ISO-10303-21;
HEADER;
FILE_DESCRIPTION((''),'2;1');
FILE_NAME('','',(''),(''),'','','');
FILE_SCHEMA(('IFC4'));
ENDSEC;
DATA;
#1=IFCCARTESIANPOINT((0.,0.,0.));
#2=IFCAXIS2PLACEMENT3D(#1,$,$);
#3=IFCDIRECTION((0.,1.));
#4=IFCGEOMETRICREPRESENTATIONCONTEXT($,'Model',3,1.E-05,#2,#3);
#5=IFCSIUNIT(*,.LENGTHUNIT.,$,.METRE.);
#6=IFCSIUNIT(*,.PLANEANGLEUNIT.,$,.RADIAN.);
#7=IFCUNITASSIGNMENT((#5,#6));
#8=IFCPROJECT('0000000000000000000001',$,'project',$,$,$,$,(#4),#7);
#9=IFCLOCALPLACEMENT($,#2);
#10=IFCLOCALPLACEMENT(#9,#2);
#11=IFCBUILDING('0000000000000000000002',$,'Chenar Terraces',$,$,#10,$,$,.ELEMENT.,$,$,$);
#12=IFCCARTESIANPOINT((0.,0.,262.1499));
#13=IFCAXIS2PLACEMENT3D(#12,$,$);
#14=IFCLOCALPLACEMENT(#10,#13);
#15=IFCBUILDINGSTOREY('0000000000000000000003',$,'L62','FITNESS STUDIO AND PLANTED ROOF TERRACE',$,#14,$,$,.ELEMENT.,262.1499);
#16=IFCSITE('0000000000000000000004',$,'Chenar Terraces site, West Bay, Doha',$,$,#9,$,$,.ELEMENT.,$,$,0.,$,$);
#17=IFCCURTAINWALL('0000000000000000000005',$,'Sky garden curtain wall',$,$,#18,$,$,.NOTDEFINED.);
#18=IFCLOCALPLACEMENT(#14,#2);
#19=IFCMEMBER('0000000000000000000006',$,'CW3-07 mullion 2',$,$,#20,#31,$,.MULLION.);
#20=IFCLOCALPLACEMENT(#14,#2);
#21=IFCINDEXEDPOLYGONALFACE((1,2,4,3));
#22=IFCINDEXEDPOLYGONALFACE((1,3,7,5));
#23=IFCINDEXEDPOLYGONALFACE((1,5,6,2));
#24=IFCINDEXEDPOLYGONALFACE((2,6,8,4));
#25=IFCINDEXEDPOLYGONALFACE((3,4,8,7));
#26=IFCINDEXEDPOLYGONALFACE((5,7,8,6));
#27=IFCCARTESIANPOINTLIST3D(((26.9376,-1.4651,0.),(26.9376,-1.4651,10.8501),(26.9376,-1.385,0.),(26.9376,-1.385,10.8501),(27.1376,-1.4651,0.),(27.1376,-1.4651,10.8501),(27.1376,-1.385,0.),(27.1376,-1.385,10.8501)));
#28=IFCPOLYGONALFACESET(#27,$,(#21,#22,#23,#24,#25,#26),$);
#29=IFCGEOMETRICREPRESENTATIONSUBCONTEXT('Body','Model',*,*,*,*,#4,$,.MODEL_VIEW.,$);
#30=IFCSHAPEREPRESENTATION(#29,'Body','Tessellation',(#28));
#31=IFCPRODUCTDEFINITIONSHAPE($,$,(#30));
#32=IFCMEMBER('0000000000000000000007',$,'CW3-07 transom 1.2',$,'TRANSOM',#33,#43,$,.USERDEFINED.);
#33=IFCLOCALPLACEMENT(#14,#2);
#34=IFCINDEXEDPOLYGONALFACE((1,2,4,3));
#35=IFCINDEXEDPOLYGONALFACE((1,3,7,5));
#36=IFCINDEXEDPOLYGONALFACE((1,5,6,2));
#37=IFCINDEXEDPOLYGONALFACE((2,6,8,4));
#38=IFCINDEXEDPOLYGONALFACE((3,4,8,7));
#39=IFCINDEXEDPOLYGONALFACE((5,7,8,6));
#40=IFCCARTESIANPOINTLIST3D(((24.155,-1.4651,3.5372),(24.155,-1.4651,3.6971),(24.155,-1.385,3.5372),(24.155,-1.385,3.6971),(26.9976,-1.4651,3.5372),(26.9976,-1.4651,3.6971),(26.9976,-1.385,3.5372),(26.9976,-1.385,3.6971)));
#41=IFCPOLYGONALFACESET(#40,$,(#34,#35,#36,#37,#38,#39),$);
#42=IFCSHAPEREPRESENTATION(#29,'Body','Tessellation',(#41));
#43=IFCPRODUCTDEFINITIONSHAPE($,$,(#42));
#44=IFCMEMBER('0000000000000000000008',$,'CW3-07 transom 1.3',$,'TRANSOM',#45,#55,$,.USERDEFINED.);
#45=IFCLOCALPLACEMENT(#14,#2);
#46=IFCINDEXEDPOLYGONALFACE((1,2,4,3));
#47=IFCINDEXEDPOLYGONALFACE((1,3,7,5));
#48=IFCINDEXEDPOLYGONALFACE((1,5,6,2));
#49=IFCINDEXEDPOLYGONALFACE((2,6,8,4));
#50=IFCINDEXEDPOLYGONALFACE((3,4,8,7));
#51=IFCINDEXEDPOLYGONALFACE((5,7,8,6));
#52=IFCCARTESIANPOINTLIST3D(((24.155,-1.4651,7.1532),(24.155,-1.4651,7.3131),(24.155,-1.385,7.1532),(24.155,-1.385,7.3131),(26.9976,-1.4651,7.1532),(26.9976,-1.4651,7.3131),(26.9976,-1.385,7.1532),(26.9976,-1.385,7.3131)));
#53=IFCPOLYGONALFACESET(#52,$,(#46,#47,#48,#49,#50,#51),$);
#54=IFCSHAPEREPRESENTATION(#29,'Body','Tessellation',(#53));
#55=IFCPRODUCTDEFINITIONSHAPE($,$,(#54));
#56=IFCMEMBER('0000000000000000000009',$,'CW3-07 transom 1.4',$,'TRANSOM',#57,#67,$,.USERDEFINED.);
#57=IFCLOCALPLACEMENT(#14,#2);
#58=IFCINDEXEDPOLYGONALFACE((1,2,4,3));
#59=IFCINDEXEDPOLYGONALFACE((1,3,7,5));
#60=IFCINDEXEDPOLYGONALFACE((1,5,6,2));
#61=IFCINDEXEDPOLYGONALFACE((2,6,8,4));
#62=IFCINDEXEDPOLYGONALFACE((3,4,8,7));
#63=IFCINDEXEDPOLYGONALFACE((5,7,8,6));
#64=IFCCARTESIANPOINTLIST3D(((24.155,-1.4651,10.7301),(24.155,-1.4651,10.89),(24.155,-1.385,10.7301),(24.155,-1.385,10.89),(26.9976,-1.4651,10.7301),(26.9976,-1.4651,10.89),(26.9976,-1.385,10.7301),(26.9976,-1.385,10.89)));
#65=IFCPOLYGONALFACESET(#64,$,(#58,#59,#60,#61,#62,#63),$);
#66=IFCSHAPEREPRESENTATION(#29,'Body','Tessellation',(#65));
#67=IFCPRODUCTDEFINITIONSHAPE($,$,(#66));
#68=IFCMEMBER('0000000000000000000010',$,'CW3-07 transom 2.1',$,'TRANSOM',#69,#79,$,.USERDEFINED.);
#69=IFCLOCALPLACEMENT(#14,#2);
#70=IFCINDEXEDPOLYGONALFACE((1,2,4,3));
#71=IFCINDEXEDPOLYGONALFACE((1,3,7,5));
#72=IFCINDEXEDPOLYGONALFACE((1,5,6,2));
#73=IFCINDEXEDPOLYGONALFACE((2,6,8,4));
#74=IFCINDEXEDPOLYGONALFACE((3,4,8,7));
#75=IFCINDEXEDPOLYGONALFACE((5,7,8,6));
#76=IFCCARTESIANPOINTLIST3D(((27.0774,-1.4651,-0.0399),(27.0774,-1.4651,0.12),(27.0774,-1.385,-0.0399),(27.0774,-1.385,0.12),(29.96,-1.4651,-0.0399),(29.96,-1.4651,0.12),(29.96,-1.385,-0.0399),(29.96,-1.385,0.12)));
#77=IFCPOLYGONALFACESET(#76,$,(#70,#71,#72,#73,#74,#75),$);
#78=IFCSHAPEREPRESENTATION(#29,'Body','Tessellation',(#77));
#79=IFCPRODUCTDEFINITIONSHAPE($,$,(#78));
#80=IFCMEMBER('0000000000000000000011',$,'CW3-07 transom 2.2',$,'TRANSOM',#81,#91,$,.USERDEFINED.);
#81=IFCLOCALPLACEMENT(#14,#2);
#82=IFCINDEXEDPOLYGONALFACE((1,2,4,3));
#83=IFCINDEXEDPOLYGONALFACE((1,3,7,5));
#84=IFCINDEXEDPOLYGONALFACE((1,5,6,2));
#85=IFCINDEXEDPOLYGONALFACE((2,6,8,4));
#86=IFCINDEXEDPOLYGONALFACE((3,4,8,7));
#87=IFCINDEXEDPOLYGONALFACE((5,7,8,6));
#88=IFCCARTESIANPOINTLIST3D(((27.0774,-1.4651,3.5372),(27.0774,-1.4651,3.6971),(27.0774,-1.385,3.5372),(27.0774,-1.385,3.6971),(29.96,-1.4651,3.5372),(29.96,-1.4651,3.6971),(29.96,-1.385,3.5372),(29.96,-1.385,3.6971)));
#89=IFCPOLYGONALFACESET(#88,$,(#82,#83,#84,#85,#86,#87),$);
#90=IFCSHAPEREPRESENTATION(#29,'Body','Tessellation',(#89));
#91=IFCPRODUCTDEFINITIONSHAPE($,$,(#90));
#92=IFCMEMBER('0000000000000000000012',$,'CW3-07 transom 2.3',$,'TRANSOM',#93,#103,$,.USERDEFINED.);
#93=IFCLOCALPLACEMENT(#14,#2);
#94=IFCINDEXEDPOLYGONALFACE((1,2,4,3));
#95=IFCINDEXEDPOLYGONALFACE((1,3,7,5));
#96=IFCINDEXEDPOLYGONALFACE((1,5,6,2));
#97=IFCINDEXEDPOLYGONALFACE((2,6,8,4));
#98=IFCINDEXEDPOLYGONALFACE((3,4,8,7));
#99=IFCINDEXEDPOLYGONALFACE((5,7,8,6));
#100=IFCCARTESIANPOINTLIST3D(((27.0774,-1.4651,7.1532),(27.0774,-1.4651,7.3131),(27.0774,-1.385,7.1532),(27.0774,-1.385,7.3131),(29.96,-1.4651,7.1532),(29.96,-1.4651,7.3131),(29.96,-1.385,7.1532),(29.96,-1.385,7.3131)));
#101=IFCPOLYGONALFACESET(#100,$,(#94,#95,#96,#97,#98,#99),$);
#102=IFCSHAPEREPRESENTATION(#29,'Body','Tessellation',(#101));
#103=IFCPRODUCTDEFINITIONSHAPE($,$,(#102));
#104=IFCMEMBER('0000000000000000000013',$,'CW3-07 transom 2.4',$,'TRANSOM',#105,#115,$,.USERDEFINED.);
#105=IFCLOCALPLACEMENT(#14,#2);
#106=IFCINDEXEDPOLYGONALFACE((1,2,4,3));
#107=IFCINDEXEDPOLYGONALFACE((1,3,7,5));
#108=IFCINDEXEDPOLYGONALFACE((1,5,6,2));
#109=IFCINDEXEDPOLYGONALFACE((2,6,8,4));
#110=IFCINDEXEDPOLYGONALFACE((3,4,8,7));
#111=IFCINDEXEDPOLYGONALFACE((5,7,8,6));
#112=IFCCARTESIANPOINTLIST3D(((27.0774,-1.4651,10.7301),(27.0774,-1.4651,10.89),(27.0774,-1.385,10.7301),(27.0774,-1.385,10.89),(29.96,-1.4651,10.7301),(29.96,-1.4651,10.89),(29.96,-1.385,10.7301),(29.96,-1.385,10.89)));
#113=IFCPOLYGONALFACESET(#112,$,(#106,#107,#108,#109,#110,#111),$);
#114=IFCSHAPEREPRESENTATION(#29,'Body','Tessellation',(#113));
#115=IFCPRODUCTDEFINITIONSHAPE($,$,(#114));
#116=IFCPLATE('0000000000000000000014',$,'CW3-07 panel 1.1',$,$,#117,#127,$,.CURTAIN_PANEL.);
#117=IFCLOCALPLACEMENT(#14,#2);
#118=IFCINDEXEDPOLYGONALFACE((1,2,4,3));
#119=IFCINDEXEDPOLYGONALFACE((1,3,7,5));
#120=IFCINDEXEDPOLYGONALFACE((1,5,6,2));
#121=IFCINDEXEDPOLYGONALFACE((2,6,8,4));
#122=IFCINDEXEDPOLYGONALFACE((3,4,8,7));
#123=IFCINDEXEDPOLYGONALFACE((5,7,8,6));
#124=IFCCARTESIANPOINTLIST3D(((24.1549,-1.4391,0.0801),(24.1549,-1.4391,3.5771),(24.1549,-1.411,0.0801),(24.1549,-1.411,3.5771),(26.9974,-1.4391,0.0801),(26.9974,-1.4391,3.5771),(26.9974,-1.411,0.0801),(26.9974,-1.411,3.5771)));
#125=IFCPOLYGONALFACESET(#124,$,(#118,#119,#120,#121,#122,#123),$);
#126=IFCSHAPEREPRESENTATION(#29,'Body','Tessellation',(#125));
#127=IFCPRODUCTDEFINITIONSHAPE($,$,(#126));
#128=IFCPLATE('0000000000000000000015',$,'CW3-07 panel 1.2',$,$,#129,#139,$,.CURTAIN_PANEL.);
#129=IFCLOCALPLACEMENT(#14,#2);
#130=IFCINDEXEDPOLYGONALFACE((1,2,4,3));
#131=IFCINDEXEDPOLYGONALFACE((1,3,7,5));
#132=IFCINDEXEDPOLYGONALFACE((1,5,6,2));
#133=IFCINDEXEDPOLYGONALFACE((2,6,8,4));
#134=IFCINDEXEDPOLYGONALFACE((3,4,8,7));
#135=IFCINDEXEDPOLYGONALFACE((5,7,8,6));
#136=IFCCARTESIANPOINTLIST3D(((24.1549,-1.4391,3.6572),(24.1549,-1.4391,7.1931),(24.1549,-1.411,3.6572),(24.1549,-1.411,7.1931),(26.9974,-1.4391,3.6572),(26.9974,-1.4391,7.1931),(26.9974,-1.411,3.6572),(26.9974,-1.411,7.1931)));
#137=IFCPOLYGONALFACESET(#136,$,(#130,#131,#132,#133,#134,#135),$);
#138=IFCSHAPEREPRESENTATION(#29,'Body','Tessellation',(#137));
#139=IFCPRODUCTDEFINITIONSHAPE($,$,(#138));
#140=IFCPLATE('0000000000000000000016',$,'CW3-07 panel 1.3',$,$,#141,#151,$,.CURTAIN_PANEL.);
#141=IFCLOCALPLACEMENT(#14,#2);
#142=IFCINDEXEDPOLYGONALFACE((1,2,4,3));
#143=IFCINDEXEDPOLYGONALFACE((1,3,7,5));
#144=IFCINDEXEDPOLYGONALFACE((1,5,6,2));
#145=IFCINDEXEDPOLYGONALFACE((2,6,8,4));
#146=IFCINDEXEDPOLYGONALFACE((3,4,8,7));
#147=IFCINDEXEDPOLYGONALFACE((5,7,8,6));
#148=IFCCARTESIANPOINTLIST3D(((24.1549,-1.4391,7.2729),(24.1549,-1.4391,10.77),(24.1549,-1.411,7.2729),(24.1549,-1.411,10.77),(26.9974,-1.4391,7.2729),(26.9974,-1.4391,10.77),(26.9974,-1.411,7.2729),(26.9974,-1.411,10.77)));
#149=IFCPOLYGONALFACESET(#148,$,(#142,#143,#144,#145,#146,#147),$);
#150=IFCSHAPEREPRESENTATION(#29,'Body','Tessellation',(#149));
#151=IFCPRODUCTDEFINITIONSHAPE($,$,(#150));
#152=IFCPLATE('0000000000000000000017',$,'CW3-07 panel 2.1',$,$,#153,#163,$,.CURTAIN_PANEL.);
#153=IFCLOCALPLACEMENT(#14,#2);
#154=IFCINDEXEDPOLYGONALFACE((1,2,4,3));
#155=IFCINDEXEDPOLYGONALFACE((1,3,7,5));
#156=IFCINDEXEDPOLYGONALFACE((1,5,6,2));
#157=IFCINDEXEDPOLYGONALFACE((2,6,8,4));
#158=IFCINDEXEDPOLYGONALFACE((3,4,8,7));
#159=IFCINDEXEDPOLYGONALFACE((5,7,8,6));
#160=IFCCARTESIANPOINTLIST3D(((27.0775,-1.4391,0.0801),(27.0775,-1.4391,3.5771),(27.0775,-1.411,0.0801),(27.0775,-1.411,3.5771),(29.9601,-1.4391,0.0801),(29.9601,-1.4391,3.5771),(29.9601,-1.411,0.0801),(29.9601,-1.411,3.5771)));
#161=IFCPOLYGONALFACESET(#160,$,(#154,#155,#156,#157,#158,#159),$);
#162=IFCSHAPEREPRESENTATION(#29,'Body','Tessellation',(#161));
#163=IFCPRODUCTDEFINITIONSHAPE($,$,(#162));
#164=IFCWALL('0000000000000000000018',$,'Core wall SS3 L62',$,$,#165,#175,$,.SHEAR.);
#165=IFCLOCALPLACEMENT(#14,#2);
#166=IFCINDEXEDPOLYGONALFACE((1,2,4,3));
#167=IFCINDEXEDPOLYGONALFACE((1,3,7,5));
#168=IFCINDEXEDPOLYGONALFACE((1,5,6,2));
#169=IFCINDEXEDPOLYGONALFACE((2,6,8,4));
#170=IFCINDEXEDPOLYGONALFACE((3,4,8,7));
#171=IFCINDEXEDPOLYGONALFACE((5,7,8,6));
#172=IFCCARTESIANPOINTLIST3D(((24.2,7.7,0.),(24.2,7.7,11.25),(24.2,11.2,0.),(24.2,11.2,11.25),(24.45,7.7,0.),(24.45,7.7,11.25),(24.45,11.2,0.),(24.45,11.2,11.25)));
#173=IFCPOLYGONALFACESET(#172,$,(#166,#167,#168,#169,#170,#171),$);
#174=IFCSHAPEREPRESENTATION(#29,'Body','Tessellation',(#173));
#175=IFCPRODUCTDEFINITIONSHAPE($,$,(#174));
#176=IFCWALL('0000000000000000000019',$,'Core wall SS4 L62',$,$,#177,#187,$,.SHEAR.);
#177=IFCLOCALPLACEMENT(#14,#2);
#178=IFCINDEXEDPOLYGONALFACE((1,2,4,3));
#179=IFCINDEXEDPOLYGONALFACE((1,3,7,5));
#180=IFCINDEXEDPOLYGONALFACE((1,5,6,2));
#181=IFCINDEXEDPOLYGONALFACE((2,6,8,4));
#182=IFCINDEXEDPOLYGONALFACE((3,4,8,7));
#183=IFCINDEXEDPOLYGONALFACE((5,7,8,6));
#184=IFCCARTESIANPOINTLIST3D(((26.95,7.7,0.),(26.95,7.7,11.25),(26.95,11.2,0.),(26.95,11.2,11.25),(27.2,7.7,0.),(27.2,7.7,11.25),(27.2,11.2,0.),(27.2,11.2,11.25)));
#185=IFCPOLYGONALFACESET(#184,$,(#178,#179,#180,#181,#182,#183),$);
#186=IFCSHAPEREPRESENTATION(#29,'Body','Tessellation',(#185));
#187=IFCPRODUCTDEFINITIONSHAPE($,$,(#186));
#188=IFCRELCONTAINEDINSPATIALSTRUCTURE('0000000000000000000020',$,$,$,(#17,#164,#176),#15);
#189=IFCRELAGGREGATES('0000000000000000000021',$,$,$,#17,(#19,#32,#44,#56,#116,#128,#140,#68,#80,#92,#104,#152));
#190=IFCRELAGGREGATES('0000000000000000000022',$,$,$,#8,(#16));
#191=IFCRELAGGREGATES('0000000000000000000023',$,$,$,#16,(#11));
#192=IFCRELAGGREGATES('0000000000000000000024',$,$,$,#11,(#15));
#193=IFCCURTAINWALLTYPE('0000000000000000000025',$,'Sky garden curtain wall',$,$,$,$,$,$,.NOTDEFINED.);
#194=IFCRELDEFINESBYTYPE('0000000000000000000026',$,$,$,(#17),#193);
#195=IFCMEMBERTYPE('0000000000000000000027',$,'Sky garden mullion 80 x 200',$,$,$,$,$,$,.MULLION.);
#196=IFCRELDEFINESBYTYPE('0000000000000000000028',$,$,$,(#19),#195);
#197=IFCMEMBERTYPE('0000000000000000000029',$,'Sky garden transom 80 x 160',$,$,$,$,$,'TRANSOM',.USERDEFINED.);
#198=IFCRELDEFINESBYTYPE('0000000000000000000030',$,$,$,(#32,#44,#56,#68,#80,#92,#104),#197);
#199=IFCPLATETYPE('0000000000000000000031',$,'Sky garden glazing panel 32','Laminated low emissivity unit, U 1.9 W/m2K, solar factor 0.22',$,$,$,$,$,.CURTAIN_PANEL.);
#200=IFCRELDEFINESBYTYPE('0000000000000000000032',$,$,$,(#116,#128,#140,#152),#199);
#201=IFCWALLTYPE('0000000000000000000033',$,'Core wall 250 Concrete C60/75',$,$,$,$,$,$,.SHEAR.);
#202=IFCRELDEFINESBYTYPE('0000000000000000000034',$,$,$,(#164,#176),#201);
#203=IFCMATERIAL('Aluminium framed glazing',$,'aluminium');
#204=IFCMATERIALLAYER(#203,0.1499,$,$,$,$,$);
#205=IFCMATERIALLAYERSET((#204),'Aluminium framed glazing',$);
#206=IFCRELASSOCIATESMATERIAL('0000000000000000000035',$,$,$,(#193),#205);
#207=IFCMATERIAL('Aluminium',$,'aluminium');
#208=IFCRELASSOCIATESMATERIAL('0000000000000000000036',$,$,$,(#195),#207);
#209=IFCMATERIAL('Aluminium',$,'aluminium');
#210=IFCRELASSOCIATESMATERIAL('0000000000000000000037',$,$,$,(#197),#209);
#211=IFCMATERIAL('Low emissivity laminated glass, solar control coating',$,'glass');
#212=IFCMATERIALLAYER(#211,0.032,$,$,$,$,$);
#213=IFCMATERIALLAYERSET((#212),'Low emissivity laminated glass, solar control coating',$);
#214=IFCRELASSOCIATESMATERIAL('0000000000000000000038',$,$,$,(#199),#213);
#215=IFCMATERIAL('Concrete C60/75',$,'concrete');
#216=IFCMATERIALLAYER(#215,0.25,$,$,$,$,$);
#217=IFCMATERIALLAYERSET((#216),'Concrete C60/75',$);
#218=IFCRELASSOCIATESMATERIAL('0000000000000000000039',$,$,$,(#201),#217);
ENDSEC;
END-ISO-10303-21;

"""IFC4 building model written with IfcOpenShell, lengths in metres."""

from ifc_helpers import new_model, si_unit, direction, frame, frame_2d, origin, origin_2d, place, context, subcontext, project, spatial, rectangle, extrude, material, layer, layer_set, material_profile, profile_set, type_object, element, aggregate, save


model = new_model("IFC4")

# Units and contexts
model_context = context("Model", 3, precision=1e-05, world=origin(), true_north=direction((0.0, 1.0)))
body_context = subcontext(model_context, "Body", "Model", "MODEL_VIEW")
ifc_project = project(units=[si_unit("LENGTHUNIT", "METRE"), si_unit("PLANEANGLEUNIT", "RADIAN")], contexts=[model_context])

# Site, building, storey
site_placement = place(None, origin())
site = spatial("IfcSite", under=ifc_project, at=site_placement, Name="Chenar Terraces site, West Bay, Doha", CompositionType="ELEMENT", RefElevation=0.0)
building_placement = place(site_placement, origin())
building = spatial("IfcBuilding", under=site, at=building_placement, Name="Chenar Terraces", CompositionType="ELEMENT")
storey_placement = place(building_placement, frame((0.0, 0.0, 262.1499)))
storey = spatial("IfcBuildingStorey", under=building, at=storey_placement, Name="L62", Description="FITNESS STUDIO AND PLANTED ROOF TERRACE", CompositionType="ELEMENT", Elevation=262.1499)

# Curtain wall, members, plates
ifc_material_1 = material(Name="Aluminium framed glazing", Category="aluminium")
ifc_layer_1 = layer(ifc_material_1, 0.1499)
ifc_layer_set_1 = layer_set([ifc_layer_1], Name="Aluminium framed glazing")
curtain_wall_type = type_object("IfcCurtainWallType", Name="Sky garden curtain wall", PredefinedType="NOTDEFINED", material=ifc_layer_set_1)
curtain_wall_placement = place(storey_placement, origin())
curtain_wall = element("IfcCurtainWall", 1, at=curtain_wall_placement, inside=storey, type_object=curtain_wall_type, Name="Sky garden curtain wall", PredefinedType="NOTDEFINED")
ifc_material_2 = material(Name="Aluminium", Category="aluminium")
ifc_material_profile_1 = material_profile(ifc_material_2, rectangle(XDim=0.0801, YDim=0.2, at=origin_2d()), Name="Sky garden mullion 80 x 200")
ifc_profile_set_1 = profile_set([ifc_material_profile_1], Name="Aluminium")
member_type_1 = type_object("IfcMemberType", Name="Sky garden mullion 80 x 200", PredefinedType="MULLION", material=ifc_profile_set_1)
member_1_placement = place(storey_placement, frame((27.0376, -1.425, 0.0), z_axis=(0.0, 0.0, 1.0), x_axis=(0.0, 1.0, 0.0)))
member_1 = element("IfcMember", 2, at=member_1_placement, type_object=member_type_1, Name="CW3-07 mullion 2", PredefinedType="MULLION", context=body_context, shape_type="SweptSolid", body=[
    extrude(rectangle(XDim=0.0801, YDim=0.2, at=origin_2d()), origin(), (0.0, 0.0, 1.0), 10.8501),
])
ifc_material_3 = material(Name="Aluminium", Category="aluminium")
ifc_material_profile_2 = material_profile(ifc_material_3, rectangle(XDim=0.0801, YDim=0.1599, at=origin_2d()), Name="Sky garden transom 80 x 160")
ifc_profile_set_2 = profile_set([ifc_material_profile_2], Name="Aluminium")
member_type_2 = type_object("IfcMemberType", Name="Sky garden transom 80 x 160", ElementType="TRANSOM", PredefinedType="USERDEFINED", material=ifc_profile_set_2)
member_2_placement = place(storey_placement, frame((24.155, -1.425, 3.6172), z_axis=(1.0, 0.0, 0.0), x_axis=(0.0, 1.0, 0.0)))
member_2 = element("IfcMember", 3, at=member_2_placement, type_object=member_type_2, Name="CW3-07 transom 1.2", ObjectType="TRANSOM", PredefinedType="USERDEFINED", context=body_context, shape_type="SweptSolid", body=[
    extrude(rectangle(XDim=0.0801, YDim=0.1599, at=origin_2d()), origin(), (0.0, 0.0, 1.0), 2.8425),
])
member_3_placement = place(storey_placement, frame((24.155, -1.425, 7.2332), z_axis=(1.0, 0.0, 0.0), x_axis=(0.0, 1.0, 0.0)))
member_3 = element("IfcMember", 4, at=member_3_placement, type_object=member_type_2, Name="CW3-07 transom 1.3", ObjectType="TRANSOM", PredefinedType="USERDEFINED", context=body_context, shape_type="SweptSolid", body=[
    extrude(rectangle(XDim=0.0801, YDim=0.1599, at=origin_2d()), origin(), (0.0, 0.0, 1.0), 2.8425),
])
member_4_placement = place(storey_placement, frame((24.155, -1.425, 10.8101), z_axis=(1.0, 0.0, 0.0), x_axis=(0.0, 1.0, 0.0)))
member_4 = element("IfcMember", 5, at=member_4_placement, type_object=member_type_2, Name="CW3-07 transom 1.4", ObjectType="TRANSOM", PredefinedType="USERDEFINED", context=body_context, shape_type="SweptSolid", body=[
    extrude(rectangle(XDim=0.0801, YDim=0.1599, at=origin_2d()), origin(), (0.0, 0.0, 1.0), 2.8425),
])
member_5_placement = place(storey_placement, frame((27.0774, -1.425, 0.04), z_axis=(1.0, 0.0, 0.0), x_axis=(0.0, 1.0, 0.0)))
member_5 = element("IfcMember", 6, at=member_5_placement, type_object=member_type_2, Name="CW3-07 transom 2.1", ObjectType="TRANSOM", PredefinedType="USERDEFINED", context=body_context, shape_type="SweptSolid", body=[
    extrude(rectangle(XDim=0.0801, YDim=0.1599, at=origin_2d()), origin(), (0.0, 0.0, 1.0), 2.8826),
])
member_6_placement = place(storey_placement, frame((27.0774, -1.425, 3.6172), z_axis=(1.0, 0.0, 0.0), x_axis=(0.0, 1.0, 0.0)))
member_6 = element("IfcMember", 7, at=member_6_placement, type_object=member_type_2, Name="CW3-07 transom 2.2", ObjectType="TRANSOM", PredefinedType="USERDEFINED", context=body_context, shape_type="SweptSolid", body=[
    extrude(rectangle(XDim=0.0801, YDim=0.1599, at=origin_2d()), origin(), (0.0, 0.0, 1.0), 2.8826),
])
member_7_placement = place(storey_placement, frame((27.0774, -1.425, 7.2332), z_axis=(1.0, 0.0, 0.0), x_axis=(0.0, 1.0, 0.0)))
member_7 = element("IfcMember", 8, at=member_7_placement, type_object=member_type_2, Name="CW3-07 transom 2.3", ObjectType="TRANSOM", PredefinedType="USERDEFINED", context=body_context, shape_type="SweptSolid", body=[
    extrude(rectangle(XDim=0.0801, YDim=0.1599, at=origin_2d()), origin(), (0.0, 0.0, 1.0), 2.8826),
])
member_8_placement = place(storey_placement, frame((27.0774, -1.425, 10.8101), z_axis=(1.0, 0.0, 0.0), x_axis=(0.0, 1.0, 0.0)))
member_8 = element("IfcMember", 9, at=member_8_placement, type_object=member_type_2, Name="CW3-07 transom 2.4", ObjectType="TRANSOM", PredefinedType="USERDEFINED", context=body_context, shape_type="SweptSolid", body=[
    extrude(rectangle(XDim=0.0801, YDim=0.1599, at=origin_2d()), origin(), (0.0, 0.0, 1.0), 2.8826),
])
ifc_material_4 = material(Name="Low emissivity laminated glass, solar control coating", Category="glass")
ifc_layer_2 = layer(ifc_material_4, 0.032)
ifc_layer_set_2 = layer_set([ifc_layer_2], Name="Low emissivity laminated glass, solar control coating")
plate_type = type_object("IfcPlateType", Name="Sky garden glazing panel 32", Description="Laminated low emissivity unit, U 1.9 W/m2K, solar factor 0.22", PredefinedType="CURTAIN_PANEL", material=ifc_layer_set_2)
plate_1_placement = place(storey_placement, frame((25.5762, -1.425, 0.0801), z_axis=(0.0, 0.0, 1.0), x_axis=(1.0, 0.0, 0.0)))
plate_1 = element("IfcPlate", 10, at=plate_1_placement, type_object=plate_type, Name="CW3-07 panel 1.1", PredefinedType="CURTAIN_PANEL", context=body_context, shape_type="SweptSolid", body=[
    extrude(rectangle(XDim=2.8425, YDim=0.0281, at=origin_2d()), origin(), (0.0, 0.0, 1.0), 3.4971),
])
plate_2_placement = place(storey_placement, frame((25.5762, -1.425, 3.6572), z_axis=(0.0, 0.0, 1.0), x_axis=(1.0, 0.0, 0.0)))
plate_2 = element("IfcPlate", 11, at=plate_2_placement, type_object=plate_type, Name="CW3-07 panel 1.2", PredefinedType="CURTAIN_PANEL", context=body_context, shape_type="SweptSolid", body=[
    extrude(rectangle(XDim=2.8425, YDim=0.0281, at=origin_2d()), origin(), (0.0, 0.0, 1.0), 3.5359),
])
plate_3_placement = place(storey_placement, frame((25.5762, -1.425, 7.2729), z_axis=(0.0, 0.0, 1.0), x_axis=(1.0, 0.0, 0.0)))
plate_3 = element("IfcPlate", 12, at=plate_3_placement, type_object=plate_type, Name="CW3-07 panel 1.3", PredefinedType="CURTAIN_PANEL", context=body_context, shape_type="SweptSolid", body=[
    extrude(rectangle(XDim=2.8425, YDim=0.0281, at=origin_2d()), origin(), (0.0, 0.0, 1.0), 3.4971),
])
plate_4_placement = place(storey_placement, frame((28.5188, -1.425, 0.0801), z_axis=(0.0, 0.0, 1.0), x_axis=(1.0, 0.0, 0.0)))
plate_4 = element("IfcPlate", 13, at=plate_4_placement, type_object=plate_type, Name="CW3-07 panel 2.1", PredefinedType="CURTAIN_PANEL", context=body_context, shape_type="SweptSolid", body=[
    extrude(rectangle(XDim=2.8826, YDim=0.0281, at=origin_2d()), origin(), (0.0, 0.0, 1.0), 3.4971),
])
aggregate(curtain_wall, [member_1, member_2, member_3, member_4, plate_1, plate_2, plate_3, member_5, member_6, member_7, member_8, plate_4])

# Walls
ifc_material_5 = material(Name="Concrete C60/75", Category="concrete")
ifc_layer_3 = layer(ifc_material_5, 0.25)
ifc_layer_set_3 = layer_set([ifc_layer_3], Name="Concrete C60/75")
wall_type = type_object("IfcWallType", Name="Core wall 250 Concrete C60/75", PredefinedType="SHEAR", material=ifc_layer_set_3)
for number, where, z_axis, x_axis, name in (
    (14, (24.325, 7.7, 0.0), (0.0, 0.0, 1.0), (0.0, 1.0, 0.0), "Core wall SS3 L62"),
    (15, (27.075, 7.7, 0.0), (0.0, 0.0, 1.0), (0.0, 1.0, 0.0), "Core wall SS4 L62"),
):
    element("IfcWall", number, at=place(storey_placement, frame(where, z_axis=z_axis, x_axis=x_axis)), inside=storey, type_object=wall_type, Name=name, PredefinedType="SHEAR", context=body_context, shape_type="SweptSolid", body=[
        extrude(rectangle(XDim=3.5, YDim=0.25, at=frame_2d((1.75, 0.0))), origin(), (0.0, 0.0, 1.0), 11.25),
    ])

save(model, "model.ifc")
